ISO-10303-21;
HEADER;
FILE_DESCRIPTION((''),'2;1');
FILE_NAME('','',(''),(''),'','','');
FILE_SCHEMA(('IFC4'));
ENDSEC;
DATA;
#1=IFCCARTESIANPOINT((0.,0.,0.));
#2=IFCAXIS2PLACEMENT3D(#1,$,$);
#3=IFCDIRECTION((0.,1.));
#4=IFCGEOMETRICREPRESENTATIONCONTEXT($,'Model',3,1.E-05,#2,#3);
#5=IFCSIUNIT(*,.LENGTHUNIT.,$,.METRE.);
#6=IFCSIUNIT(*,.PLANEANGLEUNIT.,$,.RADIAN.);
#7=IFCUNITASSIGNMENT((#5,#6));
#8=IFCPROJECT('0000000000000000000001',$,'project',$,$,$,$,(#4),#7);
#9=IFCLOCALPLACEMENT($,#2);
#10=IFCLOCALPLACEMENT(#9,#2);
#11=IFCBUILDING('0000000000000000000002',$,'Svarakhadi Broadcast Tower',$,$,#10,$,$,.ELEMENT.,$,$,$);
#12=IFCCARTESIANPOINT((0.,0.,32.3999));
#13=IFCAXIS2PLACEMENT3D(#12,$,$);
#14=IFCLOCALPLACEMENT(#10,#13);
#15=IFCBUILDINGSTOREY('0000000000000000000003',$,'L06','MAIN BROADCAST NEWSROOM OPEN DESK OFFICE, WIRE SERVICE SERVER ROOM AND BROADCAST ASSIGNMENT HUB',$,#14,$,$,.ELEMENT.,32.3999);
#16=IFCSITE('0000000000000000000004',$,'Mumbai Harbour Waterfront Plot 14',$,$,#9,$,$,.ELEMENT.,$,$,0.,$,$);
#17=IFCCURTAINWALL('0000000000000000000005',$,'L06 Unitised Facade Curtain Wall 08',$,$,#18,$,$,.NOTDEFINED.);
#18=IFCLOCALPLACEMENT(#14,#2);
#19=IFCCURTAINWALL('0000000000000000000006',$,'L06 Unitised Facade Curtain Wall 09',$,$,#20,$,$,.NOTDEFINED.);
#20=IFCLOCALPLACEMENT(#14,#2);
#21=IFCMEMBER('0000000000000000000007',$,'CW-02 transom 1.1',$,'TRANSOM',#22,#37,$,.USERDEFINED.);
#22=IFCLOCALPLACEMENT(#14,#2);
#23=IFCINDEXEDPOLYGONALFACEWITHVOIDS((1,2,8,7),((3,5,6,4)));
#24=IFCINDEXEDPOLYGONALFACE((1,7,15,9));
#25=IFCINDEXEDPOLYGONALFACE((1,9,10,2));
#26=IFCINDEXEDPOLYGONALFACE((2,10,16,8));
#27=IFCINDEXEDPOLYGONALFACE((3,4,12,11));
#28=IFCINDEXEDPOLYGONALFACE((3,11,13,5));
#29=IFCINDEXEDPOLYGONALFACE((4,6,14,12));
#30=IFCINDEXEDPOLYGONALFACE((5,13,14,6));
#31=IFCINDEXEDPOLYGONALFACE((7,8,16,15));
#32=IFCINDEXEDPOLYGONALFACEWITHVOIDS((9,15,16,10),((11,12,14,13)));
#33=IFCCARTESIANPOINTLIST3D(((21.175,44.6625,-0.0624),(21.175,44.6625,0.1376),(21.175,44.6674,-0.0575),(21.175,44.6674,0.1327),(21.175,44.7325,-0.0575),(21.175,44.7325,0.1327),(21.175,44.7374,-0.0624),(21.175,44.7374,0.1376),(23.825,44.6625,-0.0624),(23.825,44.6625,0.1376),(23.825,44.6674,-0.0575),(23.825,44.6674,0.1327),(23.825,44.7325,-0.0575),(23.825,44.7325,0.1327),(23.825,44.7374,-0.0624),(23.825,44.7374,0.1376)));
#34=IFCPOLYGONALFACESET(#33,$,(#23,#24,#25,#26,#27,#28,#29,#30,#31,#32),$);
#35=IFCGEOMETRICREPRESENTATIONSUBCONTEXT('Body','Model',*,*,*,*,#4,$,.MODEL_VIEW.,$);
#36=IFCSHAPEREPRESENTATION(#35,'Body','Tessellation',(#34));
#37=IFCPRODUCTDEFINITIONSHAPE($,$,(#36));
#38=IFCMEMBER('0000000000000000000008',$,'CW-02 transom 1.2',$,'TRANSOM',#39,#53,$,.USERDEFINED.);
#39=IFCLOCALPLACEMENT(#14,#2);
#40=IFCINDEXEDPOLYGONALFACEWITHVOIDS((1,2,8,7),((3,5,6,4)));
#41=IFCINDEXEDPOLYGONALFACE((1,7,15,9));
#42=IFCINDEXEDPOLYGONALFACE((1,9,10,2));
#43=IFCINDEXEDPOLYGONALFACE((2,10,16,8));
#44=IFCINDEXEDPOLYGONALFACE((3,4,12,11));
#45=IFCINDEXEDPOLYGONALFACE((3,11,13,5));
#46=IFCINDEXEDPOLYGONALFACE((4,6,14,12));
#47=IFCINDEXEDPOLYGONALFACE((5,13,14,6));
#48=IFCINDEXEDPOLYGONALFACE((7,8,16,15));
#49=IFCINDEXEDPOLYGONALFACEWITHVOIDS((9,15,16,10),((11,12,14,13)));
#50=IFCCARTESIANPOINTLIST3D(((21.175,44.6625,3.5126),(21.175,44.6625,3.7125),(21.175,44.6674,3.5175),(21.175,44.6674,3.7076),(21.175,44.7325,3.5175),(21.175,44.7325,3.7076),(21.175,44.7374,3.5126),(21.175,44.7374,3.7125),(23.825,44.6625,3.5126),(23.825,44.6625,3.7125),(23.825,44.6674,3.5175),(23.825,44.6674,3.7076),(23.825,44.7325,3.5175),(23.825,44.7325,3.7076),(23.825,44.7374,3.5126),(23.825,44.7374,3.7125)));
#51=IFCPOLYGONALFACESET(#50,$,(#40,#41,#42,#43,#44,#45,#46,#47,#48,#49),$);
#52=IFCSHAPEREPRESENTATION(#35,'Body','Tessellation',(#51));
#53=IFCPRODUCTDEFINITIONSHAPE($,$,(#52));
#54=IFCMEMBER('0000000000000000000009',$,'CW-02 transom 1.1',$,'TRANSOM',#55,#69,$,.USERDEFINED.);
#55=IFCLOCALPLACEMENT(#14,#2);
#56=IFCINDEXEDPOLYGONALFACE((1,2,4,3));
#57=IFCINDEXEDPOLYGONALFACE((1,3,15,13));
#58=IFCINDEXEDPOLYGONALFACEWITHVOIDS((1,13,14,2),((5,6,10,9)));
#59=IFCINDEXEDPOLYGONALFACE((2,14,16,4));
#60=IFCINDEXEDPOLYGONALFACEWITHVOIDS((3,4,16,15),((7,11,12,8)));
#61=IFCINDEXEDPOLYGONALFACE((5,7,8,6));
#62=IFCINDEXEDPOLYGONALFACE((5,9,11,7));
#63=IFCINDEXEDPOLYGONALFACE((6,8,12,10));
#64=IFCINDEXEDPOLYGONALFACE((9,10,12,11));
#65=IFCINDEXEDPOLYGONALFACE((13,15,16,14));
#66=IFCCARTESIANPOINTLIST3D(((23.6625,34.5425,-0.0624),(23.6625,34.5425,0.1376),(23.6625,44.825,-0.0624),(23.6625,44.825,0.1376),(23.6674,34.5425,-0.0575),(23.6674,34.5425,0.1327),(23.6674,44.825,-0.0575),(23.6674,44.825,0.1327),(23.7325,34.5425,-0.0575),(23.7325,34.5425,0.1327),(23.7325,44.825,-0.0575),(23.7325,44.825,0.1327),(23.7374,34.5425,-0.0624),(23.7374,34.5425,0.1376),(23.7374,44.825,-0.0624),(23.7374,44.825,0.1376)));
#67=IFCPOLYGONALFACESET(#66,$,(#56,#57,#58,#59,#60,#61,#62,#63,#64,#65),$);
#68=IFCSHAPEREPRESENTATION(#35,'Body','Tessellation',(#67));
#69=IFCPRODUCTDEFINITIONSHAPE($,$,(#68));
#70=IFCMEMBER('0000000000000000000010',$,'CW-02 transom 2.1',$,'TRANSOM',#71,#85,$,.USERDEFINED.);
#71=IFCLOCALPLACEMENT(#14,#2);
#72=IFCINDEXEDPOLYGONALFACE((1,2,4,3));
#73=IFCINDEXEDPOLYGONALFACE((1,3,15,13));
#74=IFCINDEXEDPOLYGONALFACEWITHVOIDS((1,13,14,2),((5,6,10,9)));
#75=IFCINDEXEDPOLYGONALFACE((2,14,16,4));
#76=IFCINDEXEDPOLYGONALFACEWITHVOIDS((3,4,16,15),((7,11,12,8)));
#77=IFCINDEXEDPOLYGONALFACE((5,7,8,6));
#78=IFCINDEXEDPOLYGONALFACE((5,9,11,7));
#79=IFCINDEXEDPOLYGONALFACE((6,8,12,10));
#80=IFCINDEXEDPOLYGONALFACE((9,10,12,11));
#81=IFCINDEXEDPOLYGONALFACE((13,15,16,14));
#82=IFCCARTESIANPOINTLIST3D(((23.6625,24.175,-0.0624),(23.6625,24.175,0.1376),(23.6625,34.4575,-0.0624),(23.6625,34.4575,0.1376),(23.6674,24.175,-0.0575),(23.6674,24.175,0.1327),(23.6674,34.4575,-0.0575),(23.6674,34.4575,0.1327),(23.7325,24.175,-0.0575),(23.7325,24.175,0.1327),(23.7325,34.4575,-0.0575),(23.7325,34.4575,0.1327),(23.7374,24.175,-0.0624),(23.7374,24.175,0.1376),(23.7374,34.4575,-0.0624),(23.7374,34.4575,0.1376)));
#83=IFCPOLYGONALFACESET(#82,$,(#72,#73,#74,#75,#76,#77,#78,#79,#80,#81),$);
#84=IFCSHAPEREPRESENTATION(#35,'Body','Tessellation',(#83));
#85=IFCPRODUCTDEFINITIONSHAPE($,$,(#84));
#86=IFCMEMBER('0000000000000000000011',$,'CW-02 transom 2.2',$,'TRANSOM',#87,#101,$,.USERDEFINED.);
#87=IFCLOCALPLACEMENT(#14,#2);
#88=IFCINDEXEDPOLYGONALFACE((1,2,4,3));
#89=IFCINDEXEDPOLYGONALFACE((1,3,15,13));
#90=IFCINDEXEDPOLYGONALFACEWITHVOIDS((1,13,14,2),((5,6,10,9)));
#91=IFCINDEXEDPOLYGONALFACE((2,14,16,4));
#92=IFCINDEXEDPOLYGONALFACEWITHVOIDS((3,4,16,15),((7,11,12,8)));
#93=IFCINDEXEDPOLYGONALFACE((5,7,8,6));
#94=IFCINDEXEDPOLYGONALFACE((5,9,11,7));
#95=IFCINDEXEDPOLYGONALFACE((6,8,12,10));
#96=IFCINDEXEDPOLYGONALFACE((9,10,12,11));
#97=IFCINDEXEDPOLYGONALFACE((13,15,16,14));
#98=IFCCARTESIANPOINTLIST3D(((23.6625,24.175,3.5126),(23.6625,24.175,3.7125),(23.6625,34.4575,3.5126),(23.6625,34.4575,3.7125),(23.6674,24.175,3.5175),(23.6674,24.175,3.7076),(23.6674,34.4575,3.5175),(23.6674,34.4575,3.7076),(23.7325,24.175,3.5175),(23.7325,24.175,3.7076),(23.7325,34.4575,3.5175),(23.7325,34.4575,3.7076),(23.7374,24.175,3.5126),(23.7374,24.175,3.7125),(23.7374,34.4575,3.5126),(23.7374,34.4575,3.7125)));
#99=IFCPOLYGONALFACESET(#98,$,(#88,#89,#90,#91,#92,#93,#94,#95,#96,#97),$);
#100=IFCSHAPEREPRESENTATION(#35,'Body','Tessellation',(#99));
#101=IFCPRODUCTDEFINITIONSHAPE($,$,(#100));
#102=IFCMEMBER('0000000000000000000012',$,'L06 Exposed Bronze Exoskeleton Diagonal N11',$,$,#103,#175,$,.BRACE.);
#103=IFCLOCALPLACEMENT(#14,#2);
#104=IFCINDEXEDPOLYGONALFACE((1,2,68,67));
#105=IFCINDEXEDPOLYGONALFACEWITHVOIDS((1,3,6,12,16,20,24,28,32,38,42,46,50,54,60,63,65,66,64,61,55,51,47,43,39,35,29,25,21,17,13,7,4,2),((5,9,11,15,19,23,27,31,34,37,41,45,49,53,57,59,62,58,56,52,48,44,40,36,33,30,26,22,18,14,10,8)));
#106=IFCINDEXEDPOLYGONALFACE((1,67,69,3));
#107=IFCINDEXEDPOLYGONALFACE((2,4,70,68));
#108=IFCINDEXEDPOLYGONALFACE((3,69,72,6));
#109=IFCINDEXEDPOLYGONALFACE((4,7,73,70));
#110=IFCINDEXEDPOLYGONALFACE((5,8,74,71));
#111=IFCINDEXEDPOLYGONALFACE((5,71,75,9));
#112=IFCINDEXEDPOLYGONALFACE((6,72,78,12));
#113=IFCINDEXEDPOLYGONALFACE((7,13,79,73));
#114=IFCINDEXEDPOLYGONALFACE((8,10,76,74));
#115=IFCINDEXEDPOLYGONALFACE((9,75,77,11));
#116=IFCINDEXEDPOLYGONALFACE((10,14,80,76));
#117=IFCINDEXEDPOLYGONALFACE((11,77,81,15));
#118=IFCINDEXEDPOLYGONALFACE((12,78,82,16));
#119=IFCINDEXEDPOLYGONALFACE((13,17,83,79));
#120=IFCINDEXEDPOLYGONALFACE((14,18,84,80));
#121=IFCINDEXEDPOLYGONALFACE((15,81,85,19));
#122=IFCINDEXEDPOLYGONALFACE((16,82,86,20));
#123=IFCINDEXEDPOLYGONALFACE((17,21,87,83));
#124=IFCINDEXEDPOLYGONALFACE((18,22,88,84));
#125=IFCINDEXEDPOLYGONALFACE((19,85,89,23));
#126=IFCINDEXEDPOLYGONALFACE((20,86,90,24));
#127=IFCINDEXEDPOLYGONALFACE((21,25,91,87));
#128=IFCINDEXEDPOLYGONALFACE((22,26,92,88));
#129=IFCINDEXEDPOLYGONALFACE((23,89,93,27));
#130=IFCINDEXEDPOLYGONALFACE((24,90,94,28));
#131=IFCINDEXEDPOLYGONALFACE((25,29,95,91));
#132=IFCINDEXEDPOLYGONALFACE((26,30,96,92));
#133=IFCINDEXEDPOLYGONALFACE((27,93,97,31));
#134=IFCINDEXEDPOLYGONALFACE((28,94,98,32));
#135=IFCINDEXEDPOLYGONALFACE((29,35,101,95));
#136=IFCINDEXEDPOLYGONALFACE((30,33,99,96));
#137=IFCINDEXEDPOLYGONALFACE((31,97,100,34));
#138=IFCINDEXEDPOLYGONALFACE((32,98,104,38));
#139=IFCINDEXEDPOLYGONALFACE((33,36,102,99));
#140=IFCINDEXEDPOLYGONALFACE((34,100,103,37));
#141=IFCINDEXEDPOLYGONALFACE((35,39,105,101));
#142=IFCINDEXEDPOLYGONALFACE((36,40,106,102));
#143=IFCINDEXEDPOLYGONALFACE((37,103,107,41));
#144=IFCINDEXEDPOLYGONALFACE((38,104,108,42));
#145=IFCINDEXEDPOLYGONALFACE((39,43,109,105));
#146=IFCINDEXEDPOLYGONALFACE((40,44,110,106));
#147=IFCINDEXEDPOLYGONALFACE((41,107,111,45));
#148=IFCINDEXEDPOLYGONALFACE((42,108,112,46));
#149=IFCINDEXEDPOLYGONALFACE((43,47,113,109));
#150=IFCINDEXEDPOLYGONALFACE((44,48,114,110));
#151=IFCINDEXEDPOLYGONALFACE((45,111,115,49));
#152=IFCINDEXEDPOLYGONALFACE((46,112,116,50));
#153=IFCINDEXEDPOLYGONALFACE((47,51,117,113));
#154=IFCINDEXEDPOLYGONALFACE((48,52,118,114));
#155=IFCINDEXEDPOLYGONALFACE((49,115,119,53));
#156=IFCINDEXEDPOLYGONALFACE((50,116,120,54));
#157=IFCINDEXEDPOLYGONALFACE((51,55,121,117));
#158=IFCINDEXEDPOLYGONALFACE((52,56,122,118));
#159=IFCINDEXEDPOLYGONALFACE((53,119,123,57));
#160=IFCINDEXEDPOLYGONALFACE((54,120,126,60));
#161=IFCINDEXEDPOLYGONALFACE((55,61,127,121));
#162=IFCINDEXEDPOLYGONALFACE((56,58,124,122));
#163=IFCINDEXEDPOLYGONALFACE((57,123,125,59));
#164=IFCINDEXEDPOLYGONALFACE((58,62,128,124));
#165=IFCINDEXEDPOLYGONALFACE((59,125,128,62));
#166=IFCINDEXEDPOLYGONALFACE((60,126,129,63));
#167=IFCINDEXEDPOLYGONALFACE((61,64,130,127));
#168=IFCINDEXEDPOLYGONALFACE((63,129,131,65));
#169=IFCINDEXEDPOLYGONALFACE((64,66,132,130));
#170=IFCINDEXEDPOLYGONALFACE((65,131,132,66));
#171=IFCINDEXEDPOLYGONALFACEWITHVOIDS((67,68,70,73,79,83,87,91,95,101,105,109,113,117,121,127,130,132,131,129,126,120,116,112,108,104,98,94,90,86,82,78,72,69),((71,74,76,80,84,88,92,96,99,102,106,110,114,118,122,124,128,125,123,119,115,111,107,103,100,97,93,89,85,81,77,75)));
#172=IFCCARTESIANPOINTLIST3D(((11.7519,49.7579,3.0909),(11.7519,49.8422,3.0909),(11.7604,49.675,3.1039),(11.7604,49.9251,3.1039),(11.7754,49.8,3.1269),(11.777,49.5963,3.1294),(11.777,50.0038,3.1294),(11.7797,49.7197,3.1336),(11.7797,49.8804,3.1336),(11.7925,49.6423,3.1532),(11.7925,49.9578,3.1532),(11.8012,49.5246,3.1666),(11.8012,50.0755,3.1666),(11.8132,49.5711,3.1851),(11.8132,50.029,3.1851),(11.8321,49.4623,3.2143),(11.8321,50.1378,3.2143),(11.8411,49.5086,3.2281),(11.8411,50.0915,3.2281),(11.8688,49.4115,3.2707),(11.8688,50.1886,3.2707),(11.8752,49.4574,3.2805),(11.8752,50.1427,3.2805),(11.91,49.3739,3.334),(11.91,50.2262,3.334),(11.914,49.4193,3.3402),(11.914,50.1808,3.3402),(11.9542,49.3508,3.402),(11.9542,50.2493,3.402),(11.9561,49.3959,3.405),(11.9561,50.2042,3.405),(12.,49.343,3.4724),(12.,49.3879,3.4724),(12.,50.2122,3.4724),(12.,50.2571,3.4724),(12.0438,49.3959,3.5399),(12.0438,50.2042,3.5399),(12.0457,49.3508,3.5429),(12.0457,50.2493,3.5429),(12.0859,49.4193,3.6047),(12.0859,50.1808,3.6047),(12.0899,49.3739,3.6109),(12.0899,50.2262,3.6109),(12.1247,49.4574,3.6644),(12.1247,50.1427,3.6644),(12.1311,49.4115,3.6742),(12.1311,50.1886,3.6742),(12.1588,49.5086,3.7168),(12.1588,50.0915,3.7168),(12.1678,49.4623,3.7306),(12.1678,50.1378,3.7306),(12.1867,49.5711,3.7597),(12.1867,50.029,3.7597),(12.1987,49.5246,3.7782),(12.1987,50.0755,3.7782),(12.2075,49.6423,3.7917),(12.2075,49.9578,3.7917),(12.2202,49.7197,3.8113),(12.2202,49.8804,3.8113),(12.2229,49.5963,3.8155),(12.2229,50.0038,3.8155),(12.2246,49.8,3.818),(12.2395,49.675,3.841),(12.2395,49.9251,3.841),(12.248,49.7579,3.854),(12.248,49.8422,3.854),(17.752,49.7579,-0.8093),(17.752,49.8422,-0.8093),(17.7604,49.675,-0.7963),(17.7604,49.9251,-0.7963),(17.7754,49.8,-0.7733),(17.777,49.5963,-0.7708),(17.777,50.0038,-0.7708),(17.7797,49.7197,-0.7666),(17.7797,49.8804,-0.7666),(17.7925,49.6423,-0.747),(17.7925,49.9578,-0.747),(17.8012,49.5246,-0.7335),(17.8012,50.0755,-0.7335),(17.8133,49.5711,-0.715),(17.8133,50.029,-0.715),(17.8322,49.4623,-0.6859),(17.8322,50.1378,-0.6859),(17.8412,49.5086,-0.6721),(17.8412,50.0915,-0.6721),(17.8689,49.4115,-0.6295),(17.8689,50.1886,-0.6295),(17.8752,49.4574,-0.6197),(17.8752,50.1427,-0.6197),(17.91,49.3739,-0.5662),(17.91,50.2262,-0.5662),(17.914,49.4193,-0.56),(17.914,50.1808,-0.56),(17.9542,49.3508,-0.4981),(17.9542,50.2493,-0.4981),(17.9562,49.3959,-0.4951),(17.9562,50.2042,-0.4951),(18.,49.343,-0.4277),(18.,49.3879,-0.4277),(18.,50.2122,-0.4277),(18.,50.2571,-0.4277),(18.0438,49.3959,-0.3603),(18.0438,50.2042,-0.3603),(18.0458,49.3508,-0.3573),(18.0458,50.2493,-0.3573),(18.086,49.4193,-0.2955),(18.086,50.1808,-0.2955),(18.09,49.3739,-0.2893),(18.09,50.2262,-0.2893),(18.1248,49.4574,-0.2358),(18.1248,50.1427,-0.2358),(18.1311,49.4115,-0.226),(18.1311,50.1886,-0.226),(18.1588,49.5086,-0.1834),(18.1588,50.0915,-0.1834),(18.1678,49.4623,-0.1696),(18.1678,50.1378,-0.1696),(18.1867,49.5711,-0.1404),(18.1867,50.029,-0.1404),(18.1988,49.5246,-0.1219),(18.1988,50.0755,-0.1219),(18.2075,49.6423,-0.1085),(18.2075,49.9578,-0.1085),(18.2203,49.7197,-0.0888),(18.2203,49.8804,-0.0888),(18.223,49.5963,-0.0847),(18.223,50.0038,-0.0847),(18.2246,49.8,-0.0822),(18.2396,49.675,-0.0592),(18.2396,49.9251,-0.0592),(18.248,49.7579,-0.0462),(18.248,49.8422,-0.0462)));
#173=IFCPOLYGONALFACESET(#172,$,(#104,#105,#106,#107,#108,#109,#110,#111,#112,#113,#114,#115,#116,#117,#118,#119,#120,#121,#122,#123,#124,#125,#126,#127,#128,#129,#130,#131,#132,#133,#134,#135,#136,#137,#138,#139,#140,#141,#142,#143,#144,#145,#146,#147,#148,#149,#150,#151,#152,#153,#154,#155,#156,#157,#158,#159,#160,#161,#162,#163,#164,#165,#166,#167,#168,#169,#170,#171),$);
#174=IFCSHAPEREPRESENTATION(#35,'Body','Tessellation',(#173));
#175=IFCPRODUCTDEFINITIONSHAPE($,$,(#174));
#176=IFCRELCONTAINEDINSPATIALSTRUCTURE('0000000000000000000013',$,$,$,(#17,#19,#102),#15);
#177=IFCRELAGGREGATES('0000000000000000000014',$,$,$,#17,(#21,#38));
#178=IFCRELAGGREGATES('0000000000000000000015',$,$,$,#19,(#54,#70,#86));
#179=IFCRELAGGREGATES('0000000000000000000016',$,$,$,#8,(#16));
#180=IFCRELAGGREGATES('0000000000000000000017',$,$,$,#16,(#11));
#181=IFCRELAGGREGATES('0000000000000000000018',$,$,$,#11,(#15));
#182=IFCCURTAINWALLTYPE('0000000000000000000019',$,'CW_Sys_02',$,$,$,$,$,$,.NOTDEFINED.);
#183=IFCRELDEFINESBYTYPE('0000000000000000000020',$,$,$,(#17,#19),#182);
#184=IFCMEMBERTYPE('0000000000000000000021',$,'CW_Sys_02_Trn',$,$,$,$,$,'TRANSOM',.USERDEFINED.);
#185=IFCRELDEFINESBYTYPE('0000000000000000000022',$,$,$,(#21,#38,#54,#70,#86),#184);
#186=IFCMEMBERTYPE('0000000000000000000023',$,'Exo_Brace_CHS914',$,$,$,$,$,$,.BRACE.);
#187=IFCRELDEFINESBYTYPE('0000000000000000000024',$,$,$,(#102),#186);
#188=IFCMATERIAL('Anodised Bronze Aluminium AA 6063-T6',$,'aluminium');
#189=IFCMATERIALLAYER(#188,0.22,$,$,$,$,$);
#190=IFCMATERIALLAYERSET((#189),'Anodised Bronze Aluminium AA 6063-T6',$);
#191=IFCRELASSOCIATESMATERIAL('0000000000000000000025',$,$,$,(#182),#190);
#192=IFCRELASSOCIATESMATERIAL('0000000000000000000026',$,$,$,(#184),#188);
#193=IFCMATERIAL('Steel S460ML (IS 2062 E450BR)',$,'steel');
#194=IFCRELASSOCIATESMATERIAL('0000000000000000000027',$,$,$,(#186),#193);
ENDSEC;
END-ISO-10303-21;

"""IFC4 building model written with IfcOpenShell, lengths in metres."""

from ifc_helpers import new_model, si_unit, direction, frame, origin, origin_2d, place, context, subcontext, project, spatial, hollow_rectangle, hollow_circle, extrude, material, layer, layer_set, material_profile, profile_set, type_object, element, aggregate, save


model = new_model("IFC4")

# Units and contexts
model_context = context("Model", 3, precision=1e-05, world=origin(), true_north=direction((0.0, 1.0)))
body_context = subcontext(model_context, "Body", "Model", "MODEL_VIEW")
ifc_project = project(units=[si_unit("LENGTHUNIT", "METRE"), si_unit("PLANEANGLEUNIT", "RADIAN")], contexts=[model_context])

# Site, building, storey
site_placement = place(None, origin())
site = spatial("IfcSite", under=ifc_project, at=site_placement, Name="Mumbai Harbour Waterfront Plot 14", CompositionType="ELEMENT", RefElevation=0.0)
building_placement = place(site_placement, origin())
building = spatial("IfcBuilding", under=site, at=building_placement, Name="Svarakhadi Broadcast Tower", CompositionType="ELEMENT")
storey_placement = place(building_placement, frame((0.0, 0.0, 32.3999)))
storey = spatial("IfcBuildingStorey", under=building, at=storey_placement, Name="L06", Description="MAIN BROADCAST NEWSROOM OPEN DESK OFFICE, WIRE SERVICE SERVER ROOM AND BROADCAST ASSIGNMENT HUB", CompositionType="ELEMENT", Elevation=32.3999)

# Shared definitions
ifc_material_1 = material(Name="Anodised Bronze Aluminium AA 6063-T6", Category="aluminium")
ifc_layer_1 = layer(ifc_material_1, 0.22)
ifc_layer_set_1 = layer_set([ifc_layer_1], Name="Anodised Bronze Aluminium AA 6063-T6")
curtain_wall_type = type_object("IfcCurtainWallType", Name="CW_Sys_02", PredefinedType="NOTDEFINED", material=ifc_layer_set_1)

# Curtain wall
curtain_wall_1_placement = place(storey_placement, origin())
curtain_wall_1 = element("IfcCurtainWall", 1, at=curtain_wall_1_placement, inside=storey, type_object=curtain_wall_type, Name="L06 Unitised Facade Curtain Wall 08", PredefinedType="NOTDEFINED")

# Curtain wall
curtain_wall_2_placement = place(storey_placement, origin())
curtain_wall_2 = element("IfcCurtainWall", 2, at=curtain_wall_2_placement, inside=storey, type_object=curtain_wall_type, Name="L06 Unitised Facade Curtain Wall 09", PredefinedType="NOTDEFINED")

# Members
ifc_material_profile_1 = material_profile(ifc_material_1, hollow_rectangle(XDim=0.075, YDim=0.2, WallThickness=0.0049, at=origin_2d()), Name="ALU TRANSOM 200x75x5")
ifc_profile_set_1 = profile_set([ifc_material_profile_1], Name="Anodised Bronze Aluminium AA 6063-T6")
member_type_1 = type_object("IfcMemberType", Name="CW_Sys_02_Trn", ElementType="TRANSOM", PredefinedType="USERDEFINED", material=ifc_profile_set_1)
member_1_placement = place(storey_placement, frame((21.175, 44.7, 0.0376), z_axis=(1.0, 0.0, 0.0), x_axis=(0.0, 1.0, 0.0)))
member_1 = element("IfcMember", 3, at=member_1_placement, type_object=member_type_1, Name="CW-02 transom 1.1", ObjectType="TRANSOM", PredefinedType="USERDEFINED", context=body_context, shape_type="SweptSolid", body=[
    extrude(hollow_rectangle(XDim=0.075, YDim=0.2, WallThickness=0.0049, at=origin_2d()), origin(), (0.0, 0.0, 1.0), 2.6499),
])
member_2_placement = place(storey_placement, frame((21.175, 44.7, 3.6125), z_axis=(1.0, 0.0, 0.0), x_axis=(0.0, 1.0, 0.0)))
member_2 = element("IfcMember", 4, at=member_2_placement, type_object=member_type_1, Name="CW-02 transom 1.2", ObjectType="TRANSOM", PredefinedType="USERDEFINED", context=body_context, shape_type="SweptSolid", body=[
    extrude(hollow_rectangle(XDim=0.075, YDim=0.2, WallThickness=0.0049, at=origin_2d()), origin(), (0.0, 0.0, 1.0), 2.6499),
])
member_3_placement = place(storey_placement, frame((23.7, 44.825, 0.0376), z_axis=(0.0, -1.0, 0.0), x_axis=(1.0, 0.0, 0.0)))
member_3 = element("IfcMember", 5, at=member_3_placement, type_object=member_type_1, Name="CW-02 transom 1.1", ObjectType="TRANSOM", PredefinedType="USERDEFINED", context=body_context, shape_type="SweptSolid", body=[
    extrude(hollow_rectangle(XDim=0.075, YDim=0.2, WallThickness=0.0049, at=origin_2d()), origin(), (0.0, 0.0, 1.0), 10.2825),
])
member_4_placement = place(storey_placement, frame((23.7, 34.4575, 0.0376), z_axis=(0.0, -1.0, 0.0), x_axis=(1.0, 0.0, 0.0)))
member_4 = element("IfcMember", 6, at=member_4_placement, type_object=member_type_1, Name="CW-02 transom 2.1", ObjectType="TRANSOM", PredefinedType="USERDEFINED", context=body_context, shape_type="SweptSolid", body=[
    extrude(hollow_rectangle(XDim=0.075, YDim=0.2, WallThickness=0.0049, at=origin_2d()), origin(), (0.0, 0.0, 1.0), 10.2825),
])
member_5_placement = place(storey_placement, frame((23.7, 34.4575, 3.6125), z_axis=(0.0, -1.0, 0.0), x_axis=(1.0, 0.0, 0.0)))
member_5 = element("IfcMember", 7, at=member_5_placement, type_object=member_type_1, Name="CW-02 transom 2.2", ObjectType="TRANSOM", PredefinedType="USERDEFINED", context=body_context, shape_type="SweptSolid", body=[
    extrude(hollow_rectangle(XDim=0.075, YDim=0.2, WallThickness=0.0049, at=origin_2d()), origin(), (0.0, 0.0, 1.0), 10.2825),
])

# Member
ifc_material_2 = material(Name="Steel S460ML (IS 2062 E450BR)", Category="steel")
ifc_material_profile_2 = material_profile(ifc_material_2, hollow_circle(Radius=0.457, WallThickness=0.0449, at=origin_2d()), Name="CHS 914x45")
ifc_profile_set_2 = profile_set([ifc_material_profile_2], Name="Steel S460ML (IS 2062 E450BR)")
member_type_2 = type_object("IfcMemberType", Name="Exo_Brace_CHS914", PredefinedType="BRACE", material=ifc_profile_set_2)
member_6_placement = place(storey_placement, frame((18.0, 49.8, -0.4277), z_axis=(-0.838434, 0.0, 0.545003), x_axis=(0.0, -1.0, 0.0)))
element("IfcMember", 8, at=member_6_placement, inside=storey, type_object=member_type_2, Name="L06 Exposed Bronze Exoskeleton Diagonal N11", PredefinedType="BRACE", context=body_context, shape_type="SweptSolid", body=[
    extrude(hollow_circle(Radius=0.457, WallThickness=0.0449, at=origin_2d()), origin(), (0.0, 0.0, 1.0), 7.1562),
])

aggregate(curtain_wall_1, [member_1, member_2])
aggregate(curtain_wall_2, [member_3, member_4, member_5])

save(model, "model.ifc")
